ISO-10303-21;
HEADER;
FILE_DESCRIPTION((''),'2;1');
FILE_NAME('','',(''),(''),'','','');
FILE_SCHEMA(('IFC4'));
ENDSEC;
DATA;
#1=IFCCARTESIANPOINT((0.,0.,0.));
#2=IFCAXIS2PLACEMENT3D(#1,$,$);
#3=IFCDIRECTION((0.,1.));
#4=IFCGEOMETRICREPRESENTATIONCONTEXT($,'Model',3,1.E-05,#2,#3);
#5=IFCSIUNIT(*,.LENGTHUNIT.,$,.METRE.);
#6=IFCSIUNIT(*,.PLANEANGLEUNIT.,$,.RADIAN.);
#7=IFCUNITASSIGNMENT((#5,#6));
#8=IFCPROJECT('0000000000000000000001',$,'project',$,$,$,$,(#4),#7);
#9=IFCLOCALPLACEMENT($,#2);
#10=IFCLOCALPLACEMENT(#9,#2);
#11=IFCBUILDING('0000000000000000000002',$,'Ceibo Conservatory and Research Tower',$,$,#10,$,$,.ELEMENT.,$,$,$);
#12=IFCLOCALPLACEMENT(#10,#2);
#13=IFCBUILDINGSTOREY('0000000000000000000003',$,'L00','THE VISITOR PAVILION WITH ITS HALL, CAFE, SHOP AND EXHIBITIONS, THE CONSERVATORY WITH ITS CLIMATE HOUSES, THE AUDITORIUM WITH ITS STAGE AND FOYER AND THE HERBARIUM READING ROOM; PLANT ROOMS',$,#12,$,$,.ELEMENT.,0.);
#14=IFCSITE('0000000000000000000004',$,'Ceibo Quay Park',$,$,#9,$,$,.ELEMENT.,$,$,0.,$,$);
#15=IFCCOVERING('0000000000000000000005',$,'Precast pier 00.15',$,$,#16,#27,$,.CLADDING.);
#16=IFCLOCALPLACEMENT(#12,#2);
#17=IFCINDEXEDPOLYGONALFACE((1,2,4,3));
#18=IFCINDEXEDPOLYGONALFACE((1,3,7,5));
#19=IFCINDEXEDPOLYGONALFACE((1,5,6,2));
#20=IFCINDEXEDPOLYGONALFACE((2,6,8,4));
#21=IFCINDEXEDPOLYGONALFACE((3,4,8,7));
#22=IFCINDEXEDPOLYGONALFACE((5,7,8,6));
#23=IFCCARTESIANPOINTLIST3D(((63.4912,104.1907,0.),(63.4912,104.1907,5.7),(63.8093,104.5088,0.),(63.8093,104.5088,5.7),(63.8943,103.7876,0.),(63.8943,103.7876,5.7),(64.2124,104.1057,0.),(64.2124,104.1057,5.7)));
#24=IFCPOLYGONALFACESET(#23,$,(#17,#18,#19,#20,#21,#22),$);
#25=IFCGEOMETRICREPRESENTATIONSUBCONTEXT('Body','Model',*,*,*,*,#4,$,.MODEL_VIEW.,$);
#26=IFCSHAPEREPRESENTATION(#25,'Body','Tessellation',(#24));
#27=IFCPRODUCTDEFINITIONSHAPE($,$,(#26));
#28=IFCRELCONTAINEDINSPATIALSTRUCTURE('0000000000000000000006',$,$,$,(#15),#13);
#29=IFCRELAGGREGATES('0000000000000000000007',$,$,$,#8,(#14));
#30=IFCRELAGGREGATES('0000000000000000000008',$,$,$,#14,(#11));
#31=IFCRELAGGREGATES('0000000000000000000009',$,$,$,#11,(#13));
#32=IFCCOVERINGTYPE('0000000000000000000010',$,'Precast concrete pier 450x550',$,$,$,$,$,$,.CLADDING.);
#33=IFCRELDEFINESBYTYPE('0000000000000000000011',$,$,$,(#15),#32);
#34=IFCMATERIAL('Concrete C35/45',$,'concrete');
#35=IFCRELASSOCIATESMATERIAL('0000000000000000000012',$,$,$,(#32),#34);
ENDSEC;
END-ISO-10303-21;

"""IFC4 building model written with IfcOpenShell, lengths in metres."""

from ifc_helpers import new_model, si_unit, direction, frame, origin, origin_2d, place, context, subcontext, project, spatial, rectangle, extrude, material, type_object, element, save


model = new_model("IFC4")

# Units and contexts
model_context = context("Model", 3, precision=1e-05, world=origin(), true_north=direction((0.0, 1.0)))
body_context = subcontext(model_context, "Body", "Model", "MODEL_VIEW")
ifc_project = project(units=[si_unit("LENGTHUNIT", "METRE"), si_unit("PLANEANGLEUNIT", "RADIAN")], contexts=[model_context])

# Site, building, storey
site_placement = place(None, origin())
site = spatial("IfcSite", under=ifc_project, at=site_placement, Name="Ceibo Quay Park", CompositionType="ELEMENT", RefElevation=0.0)
building_placement = place(site_placement, origin())
building = spatial("IfcBuilding", under=site, at=building_placement, Name="Ceibo Conservatory and Research Tower", CompositionType="ELEMENT")
storey_placement = place(building_placement, origin())
storey = spatial("IfcBuildingStorey", under=building, at=storey_placement, Name="L00", Description="THE VISITOR PAVILION WITH ITS HALL, CAFE, SHOP AND EXHIBITIONS, THE CONSERVATORY WITH ITS CLIMATE HOUSES, THE AUDITORIUM WITH ITS STAGE AND FOYER AND THE HERBARIUM READING ROOM; PLANT ROOMS", CompositionType="ELEMENT", Elevation=0.0)

# Shared definitions
ifc_material_1 = material(Name="Concrete C35/45", Category="concrete")

# Covering
covering_type = type_object("IfcCoveringType", Name="Precast concrete pier 450x550", PredefinedType="CLADDING", material=ifc_material_1)
covering_placement = place(storey_placement, frame((63.8518, 104.1482, 0.0), z_axis=(0.0, 0.0, 1.0), x_axis=(0.707107, -0.707107, 0.0)))
element("IfcCovering", 1, at=covering_placement, inside=storey, type_object=covering_type, Name="Precast pier 00.15", PredefinedType="CLADDING", context=body_context, shape_type="SweptSolid", body=[
    extrude(rectangle(XDim=0.5701, YDim=0.45, at=origin_2d()), origin(), (0.0, 0.0, 1.0), 5.7),
])

save(model, "model.ifc")
